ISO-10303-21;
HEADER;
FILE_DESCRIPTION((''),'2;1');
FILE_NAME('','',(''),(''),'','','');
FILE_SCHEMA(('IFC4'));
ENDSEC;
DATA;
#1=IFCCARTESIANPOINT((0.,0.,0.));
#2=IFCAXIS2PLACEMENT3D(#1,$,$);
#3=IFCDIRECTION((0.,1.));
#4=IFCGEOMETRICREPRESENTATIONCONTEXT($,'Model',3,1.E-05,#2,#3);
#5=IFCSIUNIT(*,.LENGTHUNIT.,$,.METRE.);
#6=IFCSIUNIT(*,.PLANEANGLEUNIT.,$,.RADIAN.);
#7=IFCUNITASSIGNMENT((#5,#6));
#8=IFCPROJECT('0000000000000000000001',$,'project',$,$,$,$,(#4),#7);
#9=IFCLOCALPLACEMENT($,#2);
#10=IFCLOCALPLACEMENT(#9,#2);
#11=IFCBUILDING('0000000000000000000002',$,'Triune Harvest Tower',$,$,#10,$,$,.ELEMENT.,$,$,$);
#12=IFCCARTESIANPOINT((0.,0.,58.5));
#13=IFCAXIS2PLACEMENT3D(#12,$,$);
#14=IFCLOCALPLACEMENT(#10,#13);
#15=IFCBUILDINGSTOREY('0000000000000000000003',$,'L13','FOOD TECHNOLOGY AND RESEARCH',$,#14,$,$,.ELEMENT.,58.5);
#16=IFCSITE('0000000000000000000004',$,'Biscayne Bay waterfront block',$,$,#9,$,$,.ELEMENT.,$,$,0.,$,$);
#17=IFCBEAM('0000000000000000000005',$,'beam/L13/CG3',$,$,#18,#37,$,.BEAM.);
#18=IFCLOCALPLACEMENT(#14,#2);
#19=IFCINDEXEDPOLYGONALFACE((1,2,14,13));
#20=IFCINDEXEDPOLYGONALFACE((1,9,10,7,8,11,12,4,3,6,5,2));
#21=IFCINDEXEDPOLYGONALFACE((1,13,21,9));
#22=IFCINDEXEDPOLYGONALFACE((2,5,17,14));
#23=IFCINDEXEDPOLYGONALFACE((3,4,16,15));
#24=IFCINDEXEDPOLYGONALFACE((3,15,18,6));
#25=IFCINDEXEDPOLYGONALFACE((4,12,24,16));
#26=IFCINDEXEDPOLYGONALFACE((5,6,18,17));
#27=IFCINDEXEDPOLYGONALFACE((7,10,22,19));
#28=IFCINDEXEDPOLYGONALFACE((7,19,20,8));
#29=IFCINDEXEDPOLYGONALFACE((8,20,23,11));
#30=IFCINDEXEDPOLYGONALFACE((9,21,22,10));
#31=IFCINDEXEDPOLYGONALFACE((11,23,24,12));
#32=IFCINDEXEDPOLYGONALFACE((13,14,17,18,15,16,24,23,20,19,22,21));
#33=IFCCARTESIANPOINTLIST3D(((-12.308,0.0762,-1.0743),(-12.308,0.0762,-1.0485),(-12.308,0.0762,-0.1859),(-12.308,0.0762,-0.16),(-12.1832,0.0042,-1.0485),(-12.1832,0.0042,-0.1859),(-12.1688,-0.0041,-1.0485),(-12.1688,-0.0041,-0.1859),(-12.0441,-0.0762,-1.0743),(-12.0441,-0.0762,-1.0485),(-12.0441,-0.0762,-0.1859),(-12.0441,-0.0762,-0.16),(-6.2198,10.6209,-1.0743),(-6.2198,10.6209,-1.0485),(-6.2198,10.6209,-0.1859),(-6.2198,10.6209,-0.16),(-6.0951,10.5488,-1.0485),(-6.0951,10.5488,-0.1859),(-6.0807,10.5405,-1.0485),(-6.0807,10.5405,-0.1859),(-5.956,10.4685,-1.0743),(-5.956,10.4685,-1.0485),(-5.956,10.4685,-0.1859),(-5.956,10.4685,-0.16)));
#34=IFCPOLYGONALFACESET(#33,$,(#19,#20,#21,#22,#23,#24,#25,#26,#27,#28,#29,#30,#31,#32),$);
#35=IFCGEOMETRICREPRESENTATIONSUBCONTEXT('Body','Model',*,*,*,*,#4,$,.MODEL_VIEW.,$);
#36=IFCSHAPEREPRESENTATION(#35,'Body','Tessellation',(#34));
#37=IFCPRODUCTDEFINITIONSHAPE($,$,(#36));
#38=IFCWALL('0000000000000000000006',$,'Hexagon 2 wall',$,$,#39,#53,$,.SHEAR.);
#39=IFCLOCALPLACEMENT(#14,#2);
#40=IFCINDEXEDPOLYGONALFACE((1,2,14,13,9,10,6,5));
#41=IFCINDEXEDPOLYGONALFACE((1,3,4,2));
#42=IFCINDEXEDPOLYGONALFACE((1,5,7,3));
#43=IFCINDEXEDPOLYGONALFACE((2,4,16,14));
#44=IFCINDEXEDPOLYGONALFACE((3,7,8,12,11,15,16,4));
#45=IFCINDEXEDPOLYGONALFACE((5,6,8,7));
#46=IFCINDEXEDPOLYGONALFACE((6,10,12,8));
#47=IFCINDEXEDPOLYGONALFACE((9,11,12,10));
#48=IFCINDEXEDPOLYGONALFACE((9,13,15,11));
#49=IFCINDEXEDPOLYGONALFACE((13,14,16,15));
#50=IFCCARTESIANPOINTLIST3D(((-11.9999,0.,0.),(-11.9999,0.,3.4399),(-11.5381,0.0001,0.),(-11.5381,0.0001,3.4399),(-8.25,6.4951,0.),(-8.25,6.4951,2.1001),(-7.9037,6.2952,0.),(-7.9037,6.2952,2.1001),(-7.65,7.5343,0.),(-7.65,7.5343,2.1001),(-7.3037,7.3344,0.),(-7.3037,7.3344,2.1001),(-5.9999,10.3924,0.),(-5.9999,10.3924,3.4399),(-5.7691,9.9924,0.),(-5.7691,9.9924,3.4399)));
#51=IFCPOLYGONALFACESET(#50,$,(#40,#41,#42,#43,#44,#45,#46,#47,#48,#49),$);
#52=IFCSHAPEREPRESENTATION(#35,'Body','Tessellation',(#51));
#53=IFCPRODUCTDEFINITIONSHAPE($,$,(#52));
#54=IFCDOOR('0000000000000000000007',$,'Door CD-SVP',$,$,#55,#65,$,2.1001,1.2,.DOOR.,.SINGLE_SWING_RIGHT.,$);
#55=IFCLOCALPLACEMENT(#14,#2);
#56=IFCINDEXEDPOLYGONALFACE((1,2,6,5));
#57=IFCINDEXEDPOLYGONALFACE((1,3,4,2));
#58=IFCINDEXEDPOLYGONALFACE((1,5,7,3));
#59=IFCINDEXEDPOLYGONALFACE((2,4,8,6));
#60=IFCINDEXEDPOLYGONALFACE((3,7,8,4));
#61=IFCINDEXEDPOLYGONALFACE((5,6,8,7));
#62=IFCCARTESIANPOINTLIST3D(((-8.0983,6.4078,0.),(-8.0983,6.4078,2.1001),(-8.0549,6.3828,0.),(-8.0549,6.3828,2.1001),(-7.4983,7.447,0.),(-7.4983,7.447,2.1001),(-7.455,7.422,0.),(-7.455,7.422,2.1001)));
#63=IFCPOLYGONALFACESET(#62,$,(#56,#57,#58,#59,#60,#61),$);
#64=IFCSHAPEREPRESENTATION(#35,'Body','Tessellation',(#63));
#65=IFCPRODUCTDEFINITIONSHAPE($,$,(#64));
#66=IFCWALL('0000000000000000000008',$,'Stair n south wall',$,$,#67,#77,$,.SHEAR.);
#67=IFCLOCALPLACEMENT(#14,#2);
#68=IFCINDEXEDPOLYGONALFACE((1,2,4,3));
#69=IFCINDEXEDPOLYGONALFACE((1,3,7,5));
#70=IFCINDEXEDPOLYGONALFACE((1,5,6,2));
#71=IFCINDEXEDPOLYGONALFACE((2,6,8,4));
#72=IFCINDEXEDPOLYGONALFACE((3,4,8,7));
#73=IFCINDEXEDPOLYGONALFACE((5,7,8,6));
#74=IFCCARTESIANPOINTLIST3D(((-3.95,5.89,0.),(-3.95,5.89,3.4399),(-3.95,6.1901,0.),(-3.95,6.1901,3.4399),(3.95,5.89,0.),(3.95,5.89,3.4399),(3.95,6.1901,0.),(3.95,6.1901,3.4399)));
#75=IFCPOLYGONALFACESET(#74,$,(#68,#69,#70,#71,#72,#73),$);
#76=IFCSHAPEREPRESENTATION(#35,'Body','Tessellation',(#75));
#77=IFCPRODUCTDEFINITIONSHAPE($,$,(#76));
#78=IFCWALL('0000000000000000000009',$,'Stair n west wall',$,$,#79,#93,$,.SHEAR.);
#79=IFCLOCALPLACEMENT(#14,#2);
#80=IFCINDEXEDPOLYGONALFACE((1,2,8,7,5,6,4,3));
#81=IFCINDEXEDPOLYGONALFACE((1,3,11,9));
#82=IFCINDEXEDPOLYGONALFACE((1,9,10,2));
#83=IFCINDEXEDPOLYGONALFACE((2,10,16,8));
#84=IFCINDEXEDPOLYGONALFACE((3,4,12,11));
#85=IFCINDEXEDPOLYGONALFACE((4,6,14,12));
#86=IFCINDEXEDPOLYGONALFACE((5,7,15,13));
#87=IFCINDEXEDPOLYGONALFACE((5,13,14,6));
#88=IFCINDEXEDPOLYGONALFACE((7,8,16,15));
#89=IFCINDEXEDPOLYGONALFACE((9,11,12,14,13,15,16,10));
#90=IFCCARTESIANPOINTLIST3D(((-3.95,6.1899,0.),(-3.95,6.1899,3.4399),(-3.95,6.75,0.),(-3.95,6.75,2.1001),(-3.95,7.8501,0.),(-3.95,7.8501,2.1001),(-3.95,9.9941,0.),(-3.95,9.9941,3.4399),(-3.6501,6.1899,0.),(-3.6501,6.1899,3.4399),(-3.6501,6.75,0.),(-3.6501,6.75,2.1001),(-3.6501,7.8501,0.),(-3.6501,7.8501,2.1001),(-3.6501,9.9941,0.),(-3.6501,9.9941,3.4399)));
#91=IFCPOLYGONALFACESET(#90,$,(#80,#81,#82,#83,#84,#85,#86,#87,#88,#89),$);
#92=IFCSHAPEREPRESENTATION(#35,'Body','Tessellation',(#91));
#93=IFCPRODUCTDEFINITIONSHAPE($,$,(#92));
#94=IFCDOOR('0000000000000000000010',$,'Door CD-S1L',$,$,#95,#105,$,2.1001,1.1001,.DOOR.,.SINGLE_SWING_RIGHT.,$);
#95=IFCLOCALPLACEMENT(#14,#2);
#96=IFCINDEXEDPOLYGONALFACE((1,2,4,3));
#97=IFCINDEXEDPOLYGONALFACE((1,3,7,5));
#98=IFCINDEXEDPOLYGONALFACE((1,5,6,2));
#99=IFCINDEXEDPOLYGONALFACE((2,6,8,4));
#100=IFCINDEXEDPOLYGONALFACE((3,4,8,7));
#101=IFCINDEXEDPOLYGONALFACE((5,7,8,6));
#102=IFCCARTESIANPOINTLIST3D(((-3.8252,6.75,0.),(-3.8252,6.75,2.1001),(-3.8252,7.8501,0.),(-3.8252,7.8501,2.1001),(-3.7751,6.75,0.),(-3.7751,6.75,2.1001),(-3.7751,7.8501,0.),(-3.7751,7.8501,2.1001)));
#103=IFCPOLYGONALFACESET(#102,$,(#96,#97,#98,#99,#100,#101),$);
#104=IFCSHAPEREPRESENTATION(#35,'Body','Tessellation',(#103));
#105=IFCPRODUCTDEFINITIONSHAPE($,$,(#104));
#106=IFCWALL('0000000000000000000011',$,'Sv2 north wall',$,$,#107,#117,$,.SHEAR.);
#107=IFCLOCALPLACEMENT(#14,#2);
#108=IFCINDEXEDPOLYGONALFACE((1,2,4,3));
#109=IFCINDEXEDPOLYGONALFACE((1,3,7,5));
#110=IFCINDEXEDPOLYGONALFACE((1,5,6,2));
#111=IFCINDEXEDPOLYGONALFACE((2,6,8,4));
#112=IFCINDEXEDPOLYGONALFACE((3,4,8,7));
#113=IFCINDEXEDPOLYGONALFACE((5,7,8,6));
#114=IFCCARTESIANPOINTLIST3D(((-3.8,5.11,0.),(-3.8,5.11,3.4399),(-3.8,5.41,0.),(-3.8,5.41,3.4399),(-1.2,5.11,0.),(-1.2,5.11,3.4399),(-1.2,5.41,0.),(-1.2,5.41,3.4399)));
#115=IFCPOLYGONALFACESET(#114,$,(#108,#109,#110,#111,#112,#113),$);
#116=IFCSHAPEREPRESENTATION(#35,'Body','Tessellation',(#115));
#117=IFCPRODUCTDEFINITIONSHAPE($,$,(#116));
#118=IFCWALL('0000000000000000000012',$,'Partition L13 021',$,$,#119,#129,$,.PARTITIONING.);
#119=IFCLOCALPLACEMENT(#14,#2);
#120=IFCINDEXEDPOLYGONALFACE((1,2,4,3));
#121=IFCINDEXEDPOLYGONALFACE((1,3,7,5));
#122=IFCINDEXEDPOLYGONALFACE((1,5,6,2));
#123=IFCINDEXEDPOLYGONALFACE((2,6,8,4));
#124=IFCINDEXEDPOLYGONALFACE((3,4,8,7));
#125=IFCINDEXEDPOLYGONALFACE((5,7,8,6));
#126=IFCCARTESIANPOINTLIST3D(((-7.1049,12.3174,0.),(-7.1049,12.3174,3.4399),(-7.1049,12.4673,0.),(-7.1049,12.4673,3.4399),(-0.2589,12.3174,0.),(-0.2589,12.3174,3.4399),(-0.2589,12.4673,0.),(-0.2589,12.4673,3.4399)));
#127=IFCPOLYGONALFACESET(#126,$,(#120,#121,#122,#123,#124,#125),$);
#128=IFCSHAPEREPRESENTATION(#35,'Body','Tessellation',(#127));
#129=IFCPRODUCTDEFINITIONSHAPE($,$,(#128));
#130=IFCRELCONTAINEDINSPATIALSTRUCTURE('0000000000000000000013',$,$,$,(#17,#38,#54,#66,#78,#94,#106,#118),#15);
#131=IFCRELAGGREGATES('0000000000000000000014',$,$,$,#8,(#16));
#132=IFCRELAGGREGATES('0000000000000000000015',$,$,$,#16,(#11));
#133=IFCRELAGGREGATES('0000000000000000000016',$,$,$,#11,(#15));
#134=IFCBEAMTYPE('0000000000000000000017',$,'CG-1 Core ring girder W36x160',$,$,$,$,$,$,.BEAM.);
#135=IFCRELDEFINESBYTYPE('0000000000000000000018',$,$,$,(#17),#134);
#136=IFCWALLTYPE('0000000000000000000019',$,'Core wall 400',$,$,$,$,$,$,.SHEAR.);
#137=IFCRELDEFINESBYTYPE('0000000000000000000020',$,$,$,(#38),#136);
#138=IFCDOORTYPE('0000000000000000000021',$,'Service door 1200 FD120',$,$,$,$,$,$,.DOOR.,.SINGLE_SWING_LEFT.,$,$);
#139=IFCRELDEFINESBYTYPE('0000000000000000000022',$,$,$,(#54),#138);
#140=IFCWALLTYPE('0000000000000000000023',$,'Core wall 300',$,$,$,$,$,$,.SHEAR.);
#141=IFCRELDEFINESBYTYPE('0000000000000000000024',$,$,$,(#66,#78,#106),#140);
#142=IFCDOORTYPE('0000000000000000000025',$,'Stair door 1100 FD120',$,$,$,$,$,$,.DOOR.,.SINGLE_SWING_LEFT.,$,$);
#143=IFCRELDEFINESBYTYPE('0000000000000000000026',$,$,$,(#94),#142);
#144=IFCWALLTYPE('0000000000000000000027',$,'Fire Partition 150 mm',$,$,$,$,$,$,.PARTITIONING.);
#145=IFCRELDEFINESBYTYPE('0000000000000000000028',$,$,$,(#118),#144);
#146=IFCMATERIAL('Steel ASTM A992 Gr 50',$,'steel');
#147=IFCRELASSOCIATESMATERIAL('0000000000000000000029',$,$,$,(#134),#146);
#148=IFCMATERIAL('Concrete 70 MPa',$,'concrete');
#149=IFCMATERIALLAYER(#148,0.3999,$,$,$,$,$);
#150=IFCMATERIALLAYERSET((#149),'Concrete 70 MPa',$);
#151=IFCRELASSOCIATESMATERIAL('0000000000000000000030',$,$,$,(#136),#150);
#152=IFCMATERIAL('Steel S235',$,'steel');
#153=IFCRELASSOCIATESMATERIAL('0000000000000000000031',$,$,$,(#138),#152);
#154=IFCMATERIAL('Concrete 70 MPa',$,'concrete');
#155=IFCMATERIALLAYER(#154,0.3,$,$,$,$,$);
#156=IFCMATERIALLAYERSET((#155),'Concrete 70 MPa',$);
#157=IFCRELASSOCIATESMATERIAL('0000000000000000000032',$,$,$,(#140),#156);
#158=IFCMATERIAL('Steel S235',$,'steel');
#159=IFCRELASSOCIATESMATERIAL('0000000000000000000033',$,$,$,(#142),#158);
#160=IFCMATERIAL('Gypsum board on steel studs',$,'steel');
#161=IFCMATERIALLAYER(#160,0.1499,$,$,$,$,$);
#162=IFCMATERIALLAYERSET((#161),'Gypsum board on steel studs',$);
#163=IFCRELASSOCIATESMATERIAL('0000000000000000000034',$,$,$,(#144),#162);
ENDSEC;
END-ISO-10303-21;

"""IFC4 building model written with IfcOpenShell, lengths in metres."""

from ifc_helpers import new_model, si_unit, direction, frame, frame_2d, origin, origin_2d, place, context, subcontext, project, spatial, polyline, rectangle, i_section, outline, extrude, source, transform, mapped, material, layer, layer_set, material_profile, profile_set, type_object, element, fill, save


model = new_model("IFC4")

# Units and contexts
model_context = context("Model", 3, precision=1e-05, world=origin(), true_north=direction((0.0, 1.0)))
body_context = subcontext(model_context, "Body", "Model", "MODEL_VIEW")
ifc_project = project(units=[si_unit("LENGTHUNIT", "METRE"), si_unit("PLANEANGLEUNIT", "RADIAN")], contexts=[model_context])

# Site, building, storey
site_placement = place(None, origin())
site = spatial("IfcSite", under=ifc_project, at=site_placement, Name="Biscayne Bay waterfront block", CompositionType="ELEMENT", RefElevation=0.0)
building_placement = place(site_placement, origin())
building = spatial("IfcBuilding", under=site, at=building_placement, Name="Triune Harvest Tower", CompositionType="ELEMENT")
storey_placement = place(building_placement, frame((0.0, 0.0, 58.5)))
storey = spatial("IfcBuildingStorey", under=building, at=storey_placement, Name="L13", Description="FOOD TECHNOLOGY AND RESEARCH", CompositionType="ELEMENT", Elevation=58.5)

# Beam
ifc_material_1 = material(Name="Steel ASTM A992 Gr 50", Category="steel")
ifc_material_profile = material_profile(ifc_material_1, i_section(OverallWidth=0.3047, OverallDepth=0.9143, WebThickness=0.0166, FlangeThickness=0.0259, at=origin_2d()), Name="W36x160")
ifc_profile_set = profile_set([ifc_material_profile], Name="Steel ASTM A992 Gr 50")
beam_type = type_object("IfcBeamType", Name="CG-1 Core ring girder W36x160", PredefinedType="BEAM", material=ifc_profile_set)
shared_shape_1 = source(origin(), body_context, "Body", "SweptSolid", [
    extrude(i_section(OverallWidth=0.3047, OverallDepth=0.9143, WebThickness=0.0166, FlangeThickness=0.0259, at=origin_2d()), origin(), (0.0, 0.0, 1.0), 12.176),
])
beam_placement = place(storey_placement, frame((-6.0879, 10.5447, -0.6172), z_axis=(-0.50001, -0.86602, 0.0), x_axis=(0.86602, -0.50001, 0.0)))
element("IfcBeam", 1, at=beam_placement, inside=storey, type_object=beam_type, Name="beam/L13/CG3", PredefinedType="BEAM", context=body_context, shape_type="MappedRepresentation", body=[
    mapped(shared_shape_1, transform((0.0, 0.0, 0.0), scale=1.0)),
])

# Wall, opening, door
ifc_material_2 = material(Name="Concrete 70 MPa", Category="concrete")
ifc_layer_1 = layer(ifc_material_2, 0.3999)
ifc_layer_set_1 = layer_set([ifc_layer_1], Name="Concrete 70 MPa")
wall_type_1 = type_object("IfcWallType", Name="Core wall 400", PredefinedType="SHEAR", material=ifc_layer_set_1)
shared_shape_2 = source(origin(), body_context, "Body", "SweptSolid", [
    extrude(outline(polyline([(-0.1155, -0.2), (11.8845, -0.2), (11.6536, 0.2), (0.1155, 0.2), (-0.1155, -0.2)])), origin(), (0.0, 0.0, 1.0), 3.4399),
])
wall_1_placement = place(storey_placement, frame((-5.8845, 10.1924, 0.0), z_axis=(0.0, 0.0, 1.0), x_axis=(-0.499997, -0.866027, 0.0)))
wall_1 = element("IfcWall", 2, at=wall_1_placement, inside=storey, type_object=wall_type_1, Name="Hexagon 2 wall", PredefinedType="SHEAR", context=body_context, shape_type="MappedRepresentation", body=[
    mapped(shared_shape_2, transform((0.0, 0.0, 0.0), scale=1.0)),
])
opening_1_placement = place(wall_1_placement, frame((3.1846, 0.0, 0.0)))
opening_1 = element("IfcOpeningElement", 3, at=opening_1_placement, cuts=wall_1, PredefinedType="OPENING", context=body_context, shape_type="SweptSolid", body=[
    extrude(rectangle(XDim=1.2, YDim=2.1001, at=frame_2d((0.6001, 1.05))), frame((0.0, 0.21, 0.0), z_axis=(0.0, -1.0, 0.0), x_axis=(1.0, 0.0, 0.0)), (0.0, 0.0, 1.0), 0.4199),
])
ifc_material_3 = material(Name="Steel S235", Category="steel")
door_type_1 = type_object("IfcDoorType", Name="Service door 1200 FD120", OperationType="SINGLE_SWING_LEFT", PredefinedType="DOOR", material=ifc_material_3)
door_1_placement = place(opening_1_placement, frame((1.2, 0.0, 0.0), z_axis=(0.0, 0.0, 1.0), x_axis=(-1.0, 0.0, 0.0)))
door_1 = element("IfcDoor", 4, at=door_1_placement, inside=storey, type_object=door_type_1, Name="Door CD-SVP", OperationType="SINGLE_SWING_RIGHT", OverallHeight=2.1001, OverallWidth=1.2, PredefinedType="DOOR", context=body_context, shape_type="SweptSolid", body=[
    extrude(rectangle(XDim=1.2, YDim=2.1001, at=frame_2d((0.6001, 1.05))), frame((0.0, 0.0249, 0.0), z_axis=(0.0, -1.0, 0.0), x_axis=(1.0, 0.0, 0.0)), (0.0, 0.0, 1.0), 0.05),
])
fill(opening_1, door_1)

# Wall
ifc_material_4 = material(Name="Concrete 70 MPa", Category="concrete")
ifc_layer_2 = layer(ifc_material_4, 0.3)
ifc_layer_set_2 = layer_set([ifc_layer_2], Name="Concrete 70 MPa")
wall_type_2 = type_object("IfcWallType", Name="Core wall 300", PredefinedType="SHEAR", material=ifc_layer_set_2)
shared_shape_3 = source(origin(), body_context, "Body", "SweptSolid", [
    extrude(rectangle(XDim=7.8999, YDim=0.3, at=frame_2d((3.95, 0.0))), origin(), (0.0, 0.0, 1.0), 3.4399),
])
wall_2_placement = place(storey_placement, frame((-3.95, 6.04, 0.0), z_axis=(0.0, 0.0, 1.0), x_axis=(1.0, 0.0, 0.0)))
element("IfcWall", 5, at=wall_2_placement, inside=storey, type_object=wall_type_2, Name="Stair n south wall", PredefinedType="SHEAR", context=body_context, shape_type="MappedRepresentation", body=[
    mapped(shared_shape_3, transform((0.0, 0.0, 0.0), scale=1.0)),
])

# Wall, opening, door
shared_shape_4 = source(origin(), body_context, "Body", "SweptSolid", [
    extrude(outline(polyline([(0.0, -0.1499), (0.0, 0.1499), (3.8042, 0.1499), (3.8042, -0.1499), (0.0, -0.1499)])), origin(), (0.0, 0.0, 1.0), 3.4399),
])
wall_3_placement = place(storey_placement, frame((-3.8, 6.1899, 0.0), z_axis=(0.0, 0.0, 1.0), x_axis=(0.0, 1.0, 0.0)))
wall_3 = element("IfcWall", 6, at=wall_3_placement, inside=storey, type_object=wall_type_2, Name="Stair n west wall", PredefinedType="SHEAR", context=body_context, shape_type="MappedRepresentation", body=[
    mapped(shared_shape_4, transform((0.0, 0.0, 0.0), scale=1.0)),
])
opening_2_placement = place(wall_3_placement, frame((0.5601, 0.0, 0.0)))
opening_2 = element("IfcOpeningElement", 7, at=opening_2_placement, cuts=wall_3, PredefinedType="OPENING", context=body_context, shape_type="SweptSolid", body=[
    extrude(rectangle(XDim=1.1001, YDim=2.1001, at=frame_2d((0.55, 1.05))), frame((0.0, 0.1602, 0.0), z_axis=(0.0, -1.0, 0.0), x_axis=(1.0, 0.0, 0.0)), (0.0, 0.0, 1.0), 0.3201),
])
ifc_material_5 = material(Name="Steel S235", Category="steel")
door_type_2 = type_object("IfcDoorType", Name="Stair door 1100 FD120", OperationType="SINGLE_SWING_LEFT", PredefinedType="DOOR", material=ifc_material_5)
door_2_placement = place(opening_2_placement, frame((1.1001, 0.0, 0.0), z_axis=(0.0, 0.0, 1.0), x_axis=(-1.0, 0.0, 0.0)))
door_2 = element("IfcDoor", 8, at=door_2_placement, inside=storey, type_object=door_type_2, Name="Door CD-S1L", OperationType="SINGLE_SWING_RIGHT", OverallHeight=2.1001, OverallWidth=1.1001, PredefinedType="DOOR", context=body_context, shape_type="SweptSolid", body=[
    extrude(rectangle(XDim=1.1001, YDim=2.1001, at=frame_2d((0.55, 1.05))), frame((0.0, 0.0249, 0.0), z_axis=(0.0, -1.0, 0.0), x_axis=(1.0, 0.0, 0.0)), (0.0, 0.0, 1.0), 0.05),
])
fill(opening_2, door_2)

# Walls
shared_shape_5 = source(origin(), body_context, "Body", "SweptSolid", [
    extrude(rectangle(XDim=2.6001, YDim=0.3, at=frame_2d((1.3, 0.0))), origin(), (0.0, 0.0, 1.0), 3.4399),
])
wall_4_placement = place(storey_placement, frame((-3.8, 5.26, 0.0), z_axis=(0.0, 0.0, 1.0), x_axis=(1.0, 0.0, 0.0)))
element("IfcWall", 9, at=wall_4_placement, inside=storey, type_object=wall_type_2, Name="Sv2 north wall", PredefinedType="SHEAR", context=body_context, shape_type="MappedRepresentation", body=[
    mapped(shared_shape_5, transform((0.0, 0.0, 0.0), scale=1.0)),
])
ifc_material_6 = material(Name="Gypsum board on steel studs", Category="steel")
ifc_layer_3 = layer(ifc_material_6, 0.1499)
ifc_layer_set_3 = layer_set([ifc_layer_3], Name="Gypsum board on steel studs")
wall_type_3 = type_object("IfcWallType", Name="Fire Partition 150 mm", PredefinedType="PARTITIONING", material=ifc_layer_set_3)
shared_shape_6 = source(origin(), body_context, "Body", "SweptSolid", [
    extrude(rectangle(XDim=6.8459, YDim=0.1499, at=frame_2d((3.4229, 0.0))), origin(), (0.0, 0.0, 1.0), 3.4399),
])
wall_5_placement = place(storey_placement, frame((-7.1047, 12.3923, 0.0), z_axis=(0.0, 0.0, 1.0), x_axis=(1.0, 0.0, 0.0)))
element("IfcWall", 10, at=wall_5_placement, inside=storey, type_object=wall_type_3, Name="Partition L13 021", PredefinedType="PARTITIONING", context=body_context, shape_type="MappedRepresentation", body=[
    mapped(shared_shape_6, transform((0.0, 0.0, 0.0), scale=1.0)),
])

save(model, "model.ifc")
